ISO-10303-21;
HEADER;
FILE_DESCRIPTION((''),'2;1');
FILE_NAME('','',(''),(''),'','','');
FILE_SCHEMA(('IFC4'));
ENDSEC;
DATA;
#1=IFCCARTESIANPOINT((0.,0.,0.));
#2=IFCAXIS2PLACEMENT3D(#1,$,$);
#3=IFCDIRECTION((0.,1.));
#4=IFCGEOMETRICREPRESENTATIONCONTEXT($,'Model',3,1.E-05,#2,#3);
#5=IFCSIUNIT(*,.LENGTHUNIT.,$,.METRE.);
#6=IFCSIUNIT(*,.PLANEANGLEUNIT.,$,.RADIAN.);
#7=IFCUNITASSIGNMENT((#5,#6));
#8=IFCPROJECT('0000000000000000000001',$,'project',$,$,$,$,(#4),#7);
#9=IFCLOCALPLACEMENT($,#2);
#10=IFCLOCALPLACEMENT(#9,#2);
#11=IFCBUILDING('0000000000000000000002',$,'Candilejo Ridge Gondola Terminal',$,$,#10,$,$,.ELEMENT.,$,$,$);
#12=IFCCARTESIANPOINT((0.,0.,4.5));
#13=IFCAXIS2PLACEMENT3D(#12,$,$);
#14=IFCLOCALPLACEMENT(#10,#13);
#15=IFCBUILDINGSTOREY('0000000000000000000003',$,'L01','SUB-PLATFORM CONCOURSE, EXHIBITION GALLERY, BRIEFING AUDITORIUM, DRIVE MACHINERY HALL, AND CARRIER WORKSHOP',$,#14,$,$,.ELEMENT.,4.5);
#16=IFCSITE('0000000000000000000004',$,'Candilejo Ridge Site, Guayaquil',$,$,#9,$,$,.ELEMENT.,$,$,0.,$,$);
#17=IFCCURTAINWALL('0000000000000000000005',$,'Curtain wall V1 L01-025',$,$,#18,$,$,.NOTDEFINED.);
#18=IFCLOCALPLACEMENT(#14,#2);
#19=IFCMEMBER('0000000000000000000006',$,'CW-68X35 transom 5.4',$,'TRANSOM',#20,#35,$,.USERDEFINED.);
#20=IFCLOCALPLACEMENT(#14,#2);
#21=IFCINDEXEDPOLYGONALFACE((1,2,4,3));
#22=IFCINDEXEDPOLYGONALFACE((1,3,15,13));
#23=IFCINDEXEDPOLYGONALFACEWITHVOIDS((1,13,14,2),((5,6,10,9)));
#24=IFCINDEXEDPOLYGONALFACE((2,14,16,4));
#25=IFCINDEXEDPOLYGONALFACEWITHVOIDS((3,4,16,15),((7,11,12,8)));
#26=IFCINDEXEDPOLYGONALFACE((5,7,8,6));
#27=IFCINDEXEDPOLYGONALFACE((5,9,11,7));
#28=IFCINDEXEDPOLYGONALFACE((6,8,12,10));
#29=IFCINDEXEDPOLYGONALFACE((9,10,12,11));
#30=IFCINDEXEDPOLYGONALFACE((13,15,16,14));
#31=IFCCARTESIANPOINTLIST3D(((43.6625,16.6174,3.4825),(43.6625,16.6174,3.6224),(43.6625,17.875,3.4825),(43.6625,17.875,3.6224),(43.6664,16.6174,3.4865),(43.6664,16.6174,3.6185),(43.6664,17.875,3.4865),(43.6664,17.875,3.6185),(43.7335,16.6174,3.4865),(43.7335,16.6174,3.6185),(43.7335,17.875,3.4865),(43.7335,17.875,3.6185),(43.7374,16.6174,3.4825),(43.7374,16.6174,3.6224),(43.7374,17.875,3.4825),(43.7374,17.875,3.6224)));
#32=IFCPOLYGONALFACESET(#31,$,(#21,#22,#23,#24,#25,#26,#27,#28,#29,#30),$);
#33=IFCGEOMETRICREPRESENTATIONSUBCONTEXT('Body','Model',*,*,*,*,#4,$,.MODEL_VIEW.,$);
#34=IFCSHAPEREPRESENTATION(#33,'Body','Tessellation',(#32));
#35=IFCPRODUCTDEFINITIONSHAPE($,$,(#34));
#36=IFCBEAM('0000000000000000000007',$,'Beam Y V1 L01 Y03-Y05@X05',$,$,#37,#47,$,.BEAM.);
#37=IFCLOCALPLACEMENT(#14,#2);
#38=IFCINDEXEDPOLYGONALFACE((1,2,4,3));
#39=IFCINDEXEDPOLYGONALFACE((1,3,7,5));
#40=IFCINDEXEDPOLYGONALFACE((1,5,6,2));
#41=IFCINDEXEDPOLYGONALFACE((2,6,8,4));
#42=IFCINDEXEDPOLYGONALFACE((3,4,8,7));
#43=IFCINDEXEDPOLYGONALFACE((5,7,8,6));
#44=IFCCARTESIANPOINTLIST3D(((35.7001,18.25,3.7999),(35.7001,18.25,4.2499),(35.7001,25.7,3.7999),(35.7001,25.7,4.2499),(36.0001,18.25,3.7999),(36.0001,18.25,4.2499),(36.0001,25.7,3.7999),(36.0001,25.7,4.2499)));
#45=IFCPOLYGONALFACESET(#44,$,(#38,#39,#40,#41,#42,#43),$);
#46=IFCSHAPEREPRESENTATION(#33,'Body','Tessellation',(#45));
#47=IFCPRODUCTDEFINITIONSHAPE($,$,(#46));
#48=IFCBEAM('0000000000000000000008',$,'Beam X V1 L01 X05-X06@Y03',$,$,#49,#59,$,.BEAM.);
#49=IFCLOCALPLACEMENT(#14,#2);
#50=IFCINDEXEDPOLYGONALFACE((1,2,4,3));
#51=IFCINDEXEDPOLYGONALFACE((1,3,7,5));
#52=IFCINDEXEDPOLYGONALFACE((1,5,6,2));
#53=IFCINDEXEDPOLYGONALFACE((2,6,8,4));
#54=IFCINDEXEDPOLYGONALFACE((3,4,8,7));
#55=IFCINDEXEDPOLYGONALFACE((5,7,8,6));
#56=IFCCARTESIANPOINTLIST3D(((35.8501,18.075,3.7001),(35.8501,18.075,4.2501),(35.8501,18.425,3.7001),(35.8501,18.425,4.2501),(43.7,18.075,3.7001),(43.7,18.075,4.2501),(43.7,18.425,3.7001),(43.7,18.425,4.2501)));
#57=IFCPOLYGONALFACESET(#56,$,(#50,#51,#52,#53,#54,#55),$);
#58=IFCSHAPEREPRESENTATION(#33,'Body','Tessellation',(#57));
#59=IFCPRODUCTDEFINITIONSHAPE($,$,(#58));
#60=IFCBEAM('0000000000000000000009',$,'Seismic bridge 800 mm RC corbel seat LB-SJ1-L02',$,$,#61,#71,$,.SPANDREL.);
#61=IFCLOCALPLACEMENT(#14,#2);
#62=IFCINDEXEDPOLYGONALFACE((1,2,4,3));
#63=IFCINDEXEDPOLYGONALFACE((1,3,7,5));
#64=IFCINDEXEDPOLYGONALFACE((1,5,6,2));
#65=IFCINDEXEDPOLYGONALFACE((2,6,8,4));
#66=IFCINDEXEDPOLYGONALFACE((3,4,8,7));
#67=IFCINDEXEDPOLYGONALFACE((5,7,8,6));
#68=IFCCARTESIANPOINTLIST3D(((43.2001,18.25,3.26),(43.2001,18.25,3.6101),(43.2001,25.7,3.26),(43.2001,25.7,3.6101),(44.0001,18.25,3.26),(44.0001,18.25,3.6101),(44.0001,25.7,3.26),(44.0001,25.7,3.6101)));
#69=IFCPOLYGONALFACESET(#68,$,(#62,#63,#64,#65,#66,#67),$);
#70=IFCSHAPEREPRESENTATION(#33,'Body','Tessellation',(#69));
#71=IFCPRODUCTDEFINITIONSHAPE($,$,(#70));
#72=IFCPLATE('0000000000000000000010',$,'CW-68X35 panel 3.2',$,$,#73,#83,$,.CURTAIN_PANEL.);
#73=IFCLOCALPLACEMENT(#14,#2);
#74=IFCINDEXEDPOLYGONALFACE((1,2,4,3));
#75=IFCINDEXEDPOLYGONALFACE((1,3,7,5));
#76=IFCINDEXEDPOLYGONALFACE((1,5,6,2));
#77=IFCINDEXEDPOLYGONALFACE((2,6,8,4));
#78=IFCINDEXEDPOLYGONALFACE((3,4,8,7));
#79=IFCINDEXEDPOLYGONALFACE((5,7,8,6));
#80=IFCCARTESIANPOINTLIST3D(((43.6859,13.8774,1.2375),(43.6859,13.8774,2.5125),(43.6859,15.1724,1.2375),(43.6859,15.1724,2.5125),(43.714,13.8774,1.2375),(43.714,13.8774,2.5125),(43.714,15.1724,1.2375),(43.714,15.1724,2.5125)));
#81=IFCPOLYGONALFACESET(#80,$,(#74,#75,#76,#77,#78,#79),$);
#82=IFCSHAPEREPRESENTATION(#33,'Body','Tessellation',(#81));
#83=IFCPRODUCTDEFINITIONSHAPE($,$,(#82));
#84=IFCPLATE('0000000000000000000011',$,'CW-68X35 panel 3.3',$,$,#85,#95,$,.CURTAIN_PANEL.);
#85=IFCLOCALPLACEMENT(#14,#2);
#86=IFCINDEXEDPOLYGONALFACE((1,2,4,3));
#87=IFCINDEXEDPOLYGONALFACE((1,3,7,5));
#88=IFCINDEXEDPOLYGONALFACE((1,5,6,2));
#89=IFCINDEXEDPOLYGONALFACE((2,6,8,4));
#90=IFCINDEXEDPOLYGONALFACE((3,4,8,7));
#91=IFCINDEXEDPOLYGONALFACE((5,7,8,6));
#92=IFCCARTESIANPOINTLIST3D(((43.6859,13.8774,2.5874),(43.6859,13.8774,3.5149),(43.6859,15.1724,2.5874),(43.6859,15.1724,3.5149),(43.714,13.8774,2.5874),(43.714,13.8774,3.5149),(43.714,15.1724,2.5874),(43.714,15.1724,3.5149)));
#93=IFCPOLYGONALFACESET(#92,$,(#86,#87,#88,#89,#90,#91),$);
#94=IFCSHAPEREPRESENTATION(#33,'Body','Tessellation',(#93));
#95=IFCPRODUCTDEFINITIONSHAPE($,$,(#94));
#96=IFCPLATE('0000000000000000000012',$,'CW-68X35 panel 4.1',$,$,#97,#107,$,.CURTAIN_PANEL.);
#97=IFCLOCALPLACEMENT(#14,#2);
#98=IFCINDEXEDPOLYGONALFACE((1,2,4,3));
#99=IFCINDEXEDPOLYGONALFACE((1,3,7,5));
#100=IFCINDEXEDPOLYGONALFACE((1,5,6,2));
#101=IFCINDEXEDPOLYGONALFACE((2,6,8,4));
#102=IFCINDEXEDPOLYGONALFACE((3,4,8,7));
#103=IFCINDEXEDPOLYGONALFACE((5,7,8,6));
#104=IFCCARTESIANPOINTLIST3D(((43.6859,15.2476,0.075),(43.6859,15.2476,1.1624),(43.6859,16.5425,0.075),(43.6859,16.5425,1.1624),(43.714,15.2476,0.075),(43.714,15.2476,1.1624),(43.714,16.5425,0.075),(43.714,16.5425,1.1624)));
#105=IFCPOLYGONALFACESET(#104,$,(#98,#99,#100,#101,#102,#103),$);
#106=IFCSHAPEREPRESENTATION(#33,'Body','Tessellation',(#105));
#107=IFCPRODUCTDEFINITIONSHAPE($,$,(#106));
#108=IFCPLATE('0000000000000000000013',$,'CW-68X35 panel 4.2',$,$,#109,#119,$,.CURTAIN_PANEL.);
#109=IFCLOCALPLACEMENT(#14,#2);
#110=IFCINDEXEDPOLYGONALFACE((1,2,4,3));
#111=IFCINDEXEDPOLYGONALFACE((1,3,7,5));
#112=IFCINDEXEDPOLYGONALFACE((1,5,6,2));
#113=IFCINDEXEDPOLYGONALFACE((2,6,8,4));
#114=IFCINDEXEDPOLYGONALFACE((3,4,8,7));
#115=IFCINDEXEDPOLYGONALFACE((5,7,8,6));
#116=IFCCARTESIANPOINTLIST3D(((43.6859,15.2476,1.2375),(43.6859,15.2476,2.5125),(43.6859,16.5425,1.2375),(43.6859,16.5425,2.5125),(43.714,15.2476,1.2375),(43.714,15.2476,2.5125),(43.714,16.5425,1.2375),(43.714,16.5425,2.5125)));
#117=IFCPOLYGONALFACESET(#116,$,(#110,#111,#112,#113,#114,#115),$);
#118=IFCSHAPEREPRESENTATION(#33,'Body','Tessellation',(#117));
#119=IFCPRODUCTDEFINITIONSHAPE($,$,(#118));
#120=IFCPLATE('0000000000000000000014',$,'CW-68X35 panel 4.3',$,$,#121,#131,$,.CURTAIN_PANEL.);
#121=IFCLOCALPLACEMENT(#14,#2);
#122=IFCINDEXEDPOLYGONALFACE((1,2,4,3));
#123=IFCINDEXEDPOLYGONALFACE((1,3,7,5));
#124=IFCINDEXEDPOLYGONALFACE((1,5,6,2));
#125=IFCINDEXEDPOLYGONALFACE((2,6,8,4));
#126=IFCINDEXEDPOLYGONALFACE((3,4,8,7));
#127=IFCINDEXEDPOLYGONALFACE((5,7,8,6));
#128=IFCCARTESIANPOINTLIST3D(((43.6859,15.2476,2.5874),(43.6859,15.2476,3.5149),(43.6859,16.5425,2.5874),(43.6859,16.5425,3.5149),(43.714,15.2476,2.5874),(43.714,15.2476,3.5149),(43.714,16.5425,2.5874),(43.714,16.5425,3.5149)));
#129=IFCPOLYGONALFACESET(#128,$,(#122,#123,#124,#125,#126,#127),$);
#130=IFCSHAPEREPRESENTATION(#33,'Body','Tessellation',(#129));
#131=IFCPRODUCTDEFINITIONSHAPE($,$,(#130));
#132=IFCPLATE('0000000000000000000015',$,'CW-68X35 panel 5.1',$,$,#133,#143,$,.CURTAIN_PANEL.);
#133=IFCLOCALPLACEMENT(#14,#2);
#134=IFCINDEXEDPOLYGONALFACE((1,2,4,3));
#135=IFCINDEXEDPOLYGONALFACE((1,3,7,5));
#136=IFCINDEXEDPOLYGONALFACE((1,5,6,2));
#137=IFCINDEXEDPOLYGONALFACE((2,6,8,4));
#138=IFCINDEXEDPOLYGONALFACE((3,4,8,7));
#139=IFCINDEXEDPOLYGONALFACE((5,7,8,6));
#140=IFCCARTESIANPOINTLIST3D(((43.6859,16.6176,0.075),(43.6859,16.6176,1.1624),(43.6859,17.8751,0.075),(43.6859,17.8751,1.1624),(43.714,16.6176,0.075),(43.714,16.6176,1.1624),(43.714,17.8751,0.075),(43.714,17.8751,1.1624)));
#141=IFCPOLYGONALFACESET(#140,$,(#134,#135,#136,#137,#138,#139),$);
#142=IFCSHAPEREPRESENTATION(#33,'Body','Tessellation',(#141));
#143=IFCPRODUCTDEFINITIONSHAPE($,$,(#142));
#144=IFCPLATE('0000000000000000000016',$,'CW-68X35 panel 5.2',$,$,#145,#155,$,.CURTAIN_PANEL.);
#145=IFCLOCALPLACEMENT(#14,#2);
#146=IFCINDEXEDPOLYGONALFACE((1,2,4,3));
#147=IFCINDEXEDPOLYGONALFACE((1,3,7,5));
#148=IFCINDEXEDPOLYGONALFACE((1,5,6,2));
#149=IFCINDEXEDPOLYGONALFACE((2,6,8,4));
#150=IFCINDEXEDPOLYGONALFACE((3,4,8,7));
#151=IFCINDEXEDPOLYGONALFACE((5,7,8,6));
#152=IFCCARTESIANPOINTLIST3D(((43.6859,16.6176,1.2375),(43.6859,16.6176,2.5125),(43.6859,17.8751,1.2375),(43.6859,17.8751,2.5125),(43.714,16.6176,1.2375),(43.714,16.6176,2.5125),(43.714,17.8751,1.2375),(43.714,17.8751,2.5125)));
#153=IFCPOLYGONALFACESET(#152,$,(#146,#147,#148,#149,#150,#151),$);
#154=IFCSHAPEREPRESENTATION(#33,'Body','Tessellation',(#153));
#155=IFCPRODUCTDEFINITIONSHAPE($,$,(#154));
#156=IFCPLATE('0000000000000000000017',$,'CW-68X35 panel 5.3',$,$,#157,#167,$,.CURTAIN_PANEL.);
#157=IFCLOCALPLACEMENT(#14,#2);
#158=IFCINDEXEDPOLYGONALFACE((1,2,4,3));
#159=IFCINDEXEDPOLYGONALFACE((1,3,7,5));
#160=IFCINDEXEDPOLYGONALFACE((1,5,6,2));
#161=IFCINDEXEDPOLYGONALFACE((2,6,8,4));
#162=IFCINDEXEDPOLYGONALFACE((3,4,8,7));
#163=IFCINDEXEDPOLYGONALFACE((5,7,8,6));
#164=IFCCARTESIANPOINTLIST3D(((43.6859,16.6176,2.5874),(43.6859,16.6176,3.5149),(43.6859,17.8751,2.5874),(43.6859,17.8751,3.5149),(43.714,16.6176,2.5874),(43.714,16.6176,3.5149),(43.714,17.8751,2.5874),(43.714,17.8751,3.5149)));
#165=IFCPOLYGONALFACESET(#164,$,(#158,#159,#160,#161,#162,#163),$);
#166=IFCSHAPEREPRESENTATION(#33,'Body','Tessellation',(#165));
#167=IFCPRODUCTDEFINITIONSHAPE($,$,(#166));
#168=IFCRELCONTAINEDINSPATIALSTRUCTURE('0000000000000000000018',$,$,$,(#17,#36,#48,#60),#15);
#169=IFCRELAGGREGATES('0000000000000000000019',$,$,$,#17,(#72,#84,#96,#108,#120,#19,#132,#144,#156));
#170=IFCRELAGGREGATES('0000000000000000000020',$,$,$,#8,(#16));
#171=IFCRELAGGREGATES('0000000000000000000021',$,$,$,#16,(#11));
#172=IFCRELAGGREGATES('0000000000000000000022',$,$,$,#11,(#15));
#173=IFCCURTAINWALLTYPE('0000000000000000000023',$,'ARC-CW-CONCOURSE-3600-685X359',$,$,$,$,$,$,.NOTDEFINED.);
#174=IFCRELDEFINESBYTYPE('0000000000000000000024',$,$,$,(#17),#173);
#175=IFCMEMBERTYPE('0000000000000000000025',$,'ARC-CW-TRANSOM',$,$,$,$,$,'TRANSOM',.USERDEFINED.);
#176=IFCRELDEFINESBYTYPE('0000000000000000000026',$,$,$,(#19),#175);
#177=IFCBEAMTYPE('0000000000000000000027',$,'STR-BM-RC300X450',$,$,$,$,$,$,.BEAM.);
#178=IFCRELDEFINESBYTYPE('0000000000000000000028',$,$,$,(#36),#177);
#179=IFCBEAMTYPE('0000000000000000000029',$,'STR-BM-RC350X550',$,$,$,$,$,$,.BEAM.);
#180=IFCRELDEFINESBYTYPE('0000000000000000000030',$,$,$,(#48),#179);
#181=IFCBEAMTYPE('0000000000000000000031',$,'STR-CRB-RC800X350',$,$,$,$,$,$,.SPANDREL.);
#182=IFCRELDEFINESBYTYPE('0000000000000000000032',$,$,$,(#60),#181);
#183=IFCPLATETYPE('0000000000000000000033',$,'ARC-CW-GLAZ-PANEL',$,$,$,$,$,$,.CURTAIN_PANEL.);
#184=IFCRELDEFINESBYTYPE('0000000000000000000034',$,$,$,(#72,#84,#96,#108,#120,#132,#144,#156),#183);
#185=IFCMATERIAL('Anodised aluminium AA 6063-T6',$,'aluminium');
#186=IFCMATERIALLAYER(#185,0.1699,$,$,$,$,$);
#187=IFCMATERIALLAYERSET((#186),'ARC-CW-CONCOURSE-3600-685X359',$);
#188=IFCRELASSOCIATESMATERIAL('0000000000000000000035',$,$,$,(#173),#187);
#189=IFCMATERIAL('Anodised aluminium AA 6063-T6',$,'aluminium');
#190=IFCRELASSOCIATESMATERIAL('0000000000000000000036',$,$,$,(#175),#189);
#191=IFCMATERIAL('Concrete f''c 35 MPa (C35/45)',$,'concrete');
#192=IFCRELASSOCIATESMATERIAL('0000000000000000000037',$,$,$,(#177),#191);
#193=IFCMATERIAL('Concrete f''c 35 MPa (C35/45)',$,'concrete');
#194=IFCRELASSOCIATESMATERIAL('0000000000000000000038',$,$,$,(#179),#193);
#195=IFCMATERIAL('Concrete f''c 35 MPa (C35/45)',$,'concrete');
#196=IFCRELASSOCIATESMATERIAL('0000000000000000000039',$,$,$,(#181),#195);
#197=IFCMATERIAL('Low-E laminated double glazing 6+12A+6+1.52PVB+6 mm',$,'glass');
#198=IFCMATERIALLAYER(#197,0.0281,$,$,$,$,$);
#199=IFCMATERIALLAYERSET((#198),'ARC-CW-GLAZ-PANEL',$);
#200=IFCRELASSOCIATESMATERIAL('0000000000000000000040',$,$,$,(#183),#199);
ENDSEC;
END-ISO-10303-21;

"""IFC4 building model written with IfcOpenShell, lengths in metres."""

from ifc_helpers import new_model, si_unit, direction, frame, origin, origin_2d, place, context, subcontext, project, spatial, rectangle, hollow_rectangle, extrude, material, layer, layer_set, material_profile, profile_set, type_object, element, aggregate, save


model = new_model("IFC4")

# Units and contexts
model_context = context("Model", 3, precision=1e-05, world=origin(), true_north=direction((0.0, 1.0)))
body_context = subcontext(model_context, "Body", "Model", "MODEL_VIEW")
ifc_project = project(units=[si_unit("LENGTHUNIT", "METRE"), si_unit("PLANEANGLEUNIT", "RADIAN")], contexts=[model_context])

# Site, building, storey
site_placement = place(None, origin())
site = spatial("IfcSite", under=ifc_project, at=site_placement, Name="Candilejo Ridge Site, Guayaquil", CompositionType="ELEMENT", RefElevation=0.0)
building_placement = place(site_placement, origin())
building = spatial("IfcBuilding", under=site, at=building_placement, Name="Candilejo Ridge Gondola Terminal", CompositionType="ELEMENT")
storey_placement = place(building_placement, frame((0.0, 0.0, 4.5)))
storey = spatial("IfcBuildingStorey", under=building, at=storey_placement, Name="L01", Description="SUB-PLATFORM CONCOURSE, EXHIBITION GALLERY, BRIEFING AUDITORIUM, DRIVE MACHINERY HALL, AND CARRIER WORKSHOP", CompositionType="ELEMENT", Elevation=4.5)

# Curtain wall, member
ifc_material_1 = material(Name="Anodised aluminium AA 6063-T6", Category="aluminium")
ifc_layer_1 = layer(ifc_material_1, 0.1699)
ifc_layer_set_1 = layer_set([ifc_layer_1], Name="ARC-CW-CONCOURSE-3600-685X359")
curtain_wall_type = type_object("IfcCurtainWallType", Name="ARC-CW-CONCOURSE-3600-685X359", PredefinedType="NOTDEFINED", material=ifc_layer_set_1)
curtain_wall_placement = place(storey_placement, origin())
curtain_wall = element("IfcCurtainWall", 1, at=curtain_wall_placement, inside=storey, type_object=curtain_wall_type, Name="Curtain wall V1 L01-025", PredefinedType="NOTDEFINED")
ifc_material_2 = material(Name="Anodised aluminium AA 6063-T6", Category="aluminium")
ifc_material_profile_1 = material_profile(ifc_material_2, hollow_rectangle(XDim=0.075, YDim=0.1399, WallThickness=0.0039, at=origin_2d()))
ifc_profile_set_1 = profile_set([ifc_material_profile_1], Name="Anodised aluminium AA 6063-T6")
member_type_1 = type_object("IfcMemberType", Name="ARC-CW-TRANSOM", ElementType="TRANSOM", PredefinedType="USERDEFINED", material=ifc_profile_set_1)
member_1_placement = place(storey_placement, frame((43.7, 16.6174, 3.5525), z_axis=(0.0, 1.0, 0.0), x_axis=(-1.0, 0.0, 0.0)))
member_1 = element("IfcMember", 2, at=member_1_placement, type_object=member_type_1, Name="CW-68X35 transom 5.4", ObjectType="TRANSOM", PredefinedType="USERDEFINED", context=body_context, shape_type="SweptSolid", body=[
    extrude(hollow_rectangle(XDim=0.075, YDim=0.1399, WallThickness=0.0039, at=origin_2d()), origin(), (0.0, 0.0, 1.0), 1.2576),
])

# Beams
ifc_material_3 = material(Name="Concrete f'c 35 MPa (C35/45)", Category="concrete")
ifc_material_profile_2 = material_profile(ifc_material_3, rectangle(XDim=0.3, YDim=0.45, at=origin_2d()))
ifc_profile_set_2 = profile_set([ifc_material_profile_2], Name="Concrete f'c 35 MPa (C35/45)")
beam_type_1 = type_object("IfcBeamType", Name="STR-BM-RC300X450", PredefinedType="BEAM", material=ifc_profile_set_2)
beam_1_placement = place(storey_placement, frame((35.8501, 18.25, 4.0249), z_axis=(0.0, 1.0, 0.0), x_axis=(-1.0, 0.0, 0.0)))
element("IfcBeam", 3, at=beam_1_placement, inside=storey, type_object=beam_type_1, Name="Beam Y V1 L01 Y03-Y05@X05", PredefinedType="BEAM", context=body_context, shape_type="SweptSolid", body=[
    extrude(rectangle(XDim=0.3, YDim=0.45, at=origin_2d()), origin(), (0.0, 0.0, 1.0), 7.45),
])
ifc_material_4 = material(Name="Concrete f'c 35 MPa (C35/45)", Category="concrete")
ifc_material_profile_3 = material_profile(ifc_material_4, rectangle(XDim=0.3501, YDim=0.55, at=origin_2d()))
ifc_profile_set_3 = profile_set([ifc_material_profile_3], Name="Concrete f'c 35 MPa (C35/45)")
beam_type_2 = type_object("IfcBeamType", Name="STR-BM-RC350X550", PredefinedType="BEAM", material=ifc_profile_set_3)
beam_2_placement = place(storey_placement, frame((35.8501, 18.25, 3.9751), z_axis=(1.0, 0.0, 0.0), x_axis=(0.0, 1.0, 0.0)))
element("IfcBeam", 4, at=beam_2_placement, inside=storey, type_object=beam_type_2, Name="Beam X V1 L01 X05-X06@Y03", PredefinedType="BEAM", context=body_context, shape_type="SweptSolid", body=[
    extrude(rectangle(XDim=0.3501, YDim=0.55, at=origin_2d()), origin(), (0.0, 0.0, 1.0), 7.8499),
])
ifc_material_5 = material(Name="Concrete f'c 35 MPa (C35/45)", Category="concrete")
ifc_material_profile_4 = material_profile(ifc_material_5, rectangle(XDim=0.8, YDim=0.3501, at=origin_2d()))
ifc_profile_set_4 = profile_set([ifc_material_profile_4], Name="Concrete f'c 35 MPa (C35/45)")
beam_type_3 = type_object("IfcBeamType", Name="STR-CRB-RC800X350", PredefinedType="SPANDREL", material=ifc_profile_set_4)
beam_3_placement = place(storey_placement, frame((43.6001, 18.25, 3.4351), z_axis=(0.0, 1.0, 0.0), x_axis=(-1.0, 0.0, 0.0)))
element("IfcBeam", 5, at=beam_3_placement, inside=storey, type_object=beam_type_3, Name="Seismic bridge 800 mm RC corbel seat LB-SJ1-L02", PredefinedType="SPANDREL", context=body_context, shape_type="SweptSolid", body=[
    extrude(rectangle(XDim=0.8, YDim=0.3501, at=origin_2d()), origin(), (0.0, 0.0, 1.0), 7.45),
])

# Plates
ifc_material_6 = material(Name="Low-E laminated double glazing 6+12A+6+1.52PVB+6 mm", Category="glass")
ifc_layer_2 = layer(ifc_material_6, 0.0281)
ifc_layer_set_2 = layer_set([ifc_layer_2], Name="ARC-CW-GLAZ-PANEL")
plate_type = type_object("IfcPlateType", Name="ARC-CW-GLAZ-PANEL", PredefinedType="CURTAIN_PANEL", material=ifc_layer_set_2)
plate_1_placement = place(storey_placement, frame((43.7, 14.5249, 1.2375), z_axis=(0.0, 0.0, 1.0), x_axis=(0.0, 1.0, 0.0)))
plate_1 = element("IfcPlate", 6, at=plate_1_placement, type_object=plate_type, Name="CW-68X35 panel 3.2", PredefinedType="CURTAIN_PANEL", context=body_context, shape_type="SweptSolid", body=[
    extrude(rectangle(XDim=1.2949, YDim=0.0281, at=origin_2d()), origin(), (0.0, 0.0, 1.0), 1.2749),
])
plate_2_placement = place(storey_placement, frame((43.7, 14.5249, 2.5874), z_axis=(0.0, 0.0, 1.0), x_axis=(0.0, 1.0, 0.0)))
plate_2 = element("IfcPlate", 7, at=plate_2_placement, type_object=plate_type, Name="CW-68X35 panel 3.3", PredefinedType="CURTAIN_PANEL", context=body_context, shape_type="SweptSolid", body=[
    extrude(rectangle(XDim=1.2949, YDim=0.0281, at=origin_2d()), origin(), (0.0, 0.0, 1.0), 0.9275),
])
plate_3_placement = place(storey_placement, frame((43.7, 15.895, 0.075), z_axis=(0.0, 0.0, 1.0), x_axis=(0.0, 1.0, 0.0)))
plate_3 = element("IfcPlate", 8, at=plate_3_placement, type_object=plate_type, Name="CW-68X35 panel 4.1", PredefinedType="CURTAIN_PANEL", context=body_context, shape_type="SweptSolid", body=[
    extrude(rectangle(XDim=1.2949, YDim=0.0281, at=origin_2d()), origin(), (0.0, 0.0, 1.0), 1.0874),
])
plate_4_placement = place(storey_placement, frame((43.7, 15.895, 1.2375), z_axis=(0.0, 0.0, 1.0), x_axis=(0.0, 1.0, 0.0)))
plate_4 = element("IfcPlate", 9, at=plate_4_placement, type_object=plate_type, Name="CW-68X35 panel 4.2", PredefinedType="CURTAIN_PANEL", context=body_context, shape_type="SweptSolid", body=[
    extrude(rectangle(XDim=1.2949, YDim=0.0281, at=origin_2d()), origin(), (0.0, 0.0, 1.0), 1.2749),
])
plate_5_placement = place(storey_placement, frame((43.7, 15.895, 2.5874), z_axis=(0.0, 0.0, 1.0), x_axis=(0.0, 1.0, 0.0)))
plate_5 = element("IfcPlate", 10, at=plate_5_placement, type_object=plate_type, Name="CW-68X35 panel 4.3", PredefinedType="CURTAIN_PANEL", context=body_context, shape_type="SweptSolid", body=[
    extrude(rectangle(XDim=1.2949, YDim=0.0281, at=origin_2d()), origin(), (0.0, 0.0, 1.0), 0.9275),
])
plate_6_placement = place(storey_placement, frame((43.7, 17.2463, 0.075), z_axis=(0.0, 0.0, 1.0), x_axis=(0.0, 1.0, 0.0)))
plate_6 = element("IfcPlate", 11, at=plate_6_placement, type_object=plate_type, Name="CW-68X35 panel 5.1", PredefinedType="CURTAIN_PANEL", context=body_context, shape_type="SweptSolid", body=[
    extrude(rectangle(XDim=1.2576, YDim=0.0281, at=origin_2d()), origin(), (0.0, 0.0, 1.0), 1.0874),
])
plate_7_placement = place(storey_placement, frame((43.7, 17.2463, 1.2375), z_axis=(0.0, 0.0, 1.0), x_axis=(0.0, 1.0, 0.0)))
plate_7 = element("IfcPlate", 12, at=plate_7_placement, type_object=plate_type, Name="CW-68X35 panel 5.2", PredefinedType="CURTAIN_PANEL", context=body_context, shape_type="SweptSolid", body=[
    extrude(rectangle(XDim=1.2576, YDim=0.0281, at=origin_2d()), origin(), (0.0, 0.0, 1.0), 1.2749),
])
plate_8_placement = place(storey_placement, frame((43.7, 17.2463, 2.5874), z_axis=(0.0, 0.0, 1.0), x_axis=(0.0, 1.0, 0.0)))
plate_8 = element("IfcPlate", 13, at=plate_8_placement, type_object=plate_type, Name="CW-68X35 panel 5.3", PredefinedType="CURTAIN_PANEL", context=body_context, shape_type="SweptSolid", body=[
    extrude(rectangle(XDim=1.2576, YDim=0.0281, at=origin_2d()), origin(), (0.0, 0.0, 1.0), 0.9275),
])
aggregate(curtain_wall, [plate_1, plate_2, plate_3, plate_4, plate_5, member_1, plate_6, plate_7, plate_8])

save(model, "model.ifc")
